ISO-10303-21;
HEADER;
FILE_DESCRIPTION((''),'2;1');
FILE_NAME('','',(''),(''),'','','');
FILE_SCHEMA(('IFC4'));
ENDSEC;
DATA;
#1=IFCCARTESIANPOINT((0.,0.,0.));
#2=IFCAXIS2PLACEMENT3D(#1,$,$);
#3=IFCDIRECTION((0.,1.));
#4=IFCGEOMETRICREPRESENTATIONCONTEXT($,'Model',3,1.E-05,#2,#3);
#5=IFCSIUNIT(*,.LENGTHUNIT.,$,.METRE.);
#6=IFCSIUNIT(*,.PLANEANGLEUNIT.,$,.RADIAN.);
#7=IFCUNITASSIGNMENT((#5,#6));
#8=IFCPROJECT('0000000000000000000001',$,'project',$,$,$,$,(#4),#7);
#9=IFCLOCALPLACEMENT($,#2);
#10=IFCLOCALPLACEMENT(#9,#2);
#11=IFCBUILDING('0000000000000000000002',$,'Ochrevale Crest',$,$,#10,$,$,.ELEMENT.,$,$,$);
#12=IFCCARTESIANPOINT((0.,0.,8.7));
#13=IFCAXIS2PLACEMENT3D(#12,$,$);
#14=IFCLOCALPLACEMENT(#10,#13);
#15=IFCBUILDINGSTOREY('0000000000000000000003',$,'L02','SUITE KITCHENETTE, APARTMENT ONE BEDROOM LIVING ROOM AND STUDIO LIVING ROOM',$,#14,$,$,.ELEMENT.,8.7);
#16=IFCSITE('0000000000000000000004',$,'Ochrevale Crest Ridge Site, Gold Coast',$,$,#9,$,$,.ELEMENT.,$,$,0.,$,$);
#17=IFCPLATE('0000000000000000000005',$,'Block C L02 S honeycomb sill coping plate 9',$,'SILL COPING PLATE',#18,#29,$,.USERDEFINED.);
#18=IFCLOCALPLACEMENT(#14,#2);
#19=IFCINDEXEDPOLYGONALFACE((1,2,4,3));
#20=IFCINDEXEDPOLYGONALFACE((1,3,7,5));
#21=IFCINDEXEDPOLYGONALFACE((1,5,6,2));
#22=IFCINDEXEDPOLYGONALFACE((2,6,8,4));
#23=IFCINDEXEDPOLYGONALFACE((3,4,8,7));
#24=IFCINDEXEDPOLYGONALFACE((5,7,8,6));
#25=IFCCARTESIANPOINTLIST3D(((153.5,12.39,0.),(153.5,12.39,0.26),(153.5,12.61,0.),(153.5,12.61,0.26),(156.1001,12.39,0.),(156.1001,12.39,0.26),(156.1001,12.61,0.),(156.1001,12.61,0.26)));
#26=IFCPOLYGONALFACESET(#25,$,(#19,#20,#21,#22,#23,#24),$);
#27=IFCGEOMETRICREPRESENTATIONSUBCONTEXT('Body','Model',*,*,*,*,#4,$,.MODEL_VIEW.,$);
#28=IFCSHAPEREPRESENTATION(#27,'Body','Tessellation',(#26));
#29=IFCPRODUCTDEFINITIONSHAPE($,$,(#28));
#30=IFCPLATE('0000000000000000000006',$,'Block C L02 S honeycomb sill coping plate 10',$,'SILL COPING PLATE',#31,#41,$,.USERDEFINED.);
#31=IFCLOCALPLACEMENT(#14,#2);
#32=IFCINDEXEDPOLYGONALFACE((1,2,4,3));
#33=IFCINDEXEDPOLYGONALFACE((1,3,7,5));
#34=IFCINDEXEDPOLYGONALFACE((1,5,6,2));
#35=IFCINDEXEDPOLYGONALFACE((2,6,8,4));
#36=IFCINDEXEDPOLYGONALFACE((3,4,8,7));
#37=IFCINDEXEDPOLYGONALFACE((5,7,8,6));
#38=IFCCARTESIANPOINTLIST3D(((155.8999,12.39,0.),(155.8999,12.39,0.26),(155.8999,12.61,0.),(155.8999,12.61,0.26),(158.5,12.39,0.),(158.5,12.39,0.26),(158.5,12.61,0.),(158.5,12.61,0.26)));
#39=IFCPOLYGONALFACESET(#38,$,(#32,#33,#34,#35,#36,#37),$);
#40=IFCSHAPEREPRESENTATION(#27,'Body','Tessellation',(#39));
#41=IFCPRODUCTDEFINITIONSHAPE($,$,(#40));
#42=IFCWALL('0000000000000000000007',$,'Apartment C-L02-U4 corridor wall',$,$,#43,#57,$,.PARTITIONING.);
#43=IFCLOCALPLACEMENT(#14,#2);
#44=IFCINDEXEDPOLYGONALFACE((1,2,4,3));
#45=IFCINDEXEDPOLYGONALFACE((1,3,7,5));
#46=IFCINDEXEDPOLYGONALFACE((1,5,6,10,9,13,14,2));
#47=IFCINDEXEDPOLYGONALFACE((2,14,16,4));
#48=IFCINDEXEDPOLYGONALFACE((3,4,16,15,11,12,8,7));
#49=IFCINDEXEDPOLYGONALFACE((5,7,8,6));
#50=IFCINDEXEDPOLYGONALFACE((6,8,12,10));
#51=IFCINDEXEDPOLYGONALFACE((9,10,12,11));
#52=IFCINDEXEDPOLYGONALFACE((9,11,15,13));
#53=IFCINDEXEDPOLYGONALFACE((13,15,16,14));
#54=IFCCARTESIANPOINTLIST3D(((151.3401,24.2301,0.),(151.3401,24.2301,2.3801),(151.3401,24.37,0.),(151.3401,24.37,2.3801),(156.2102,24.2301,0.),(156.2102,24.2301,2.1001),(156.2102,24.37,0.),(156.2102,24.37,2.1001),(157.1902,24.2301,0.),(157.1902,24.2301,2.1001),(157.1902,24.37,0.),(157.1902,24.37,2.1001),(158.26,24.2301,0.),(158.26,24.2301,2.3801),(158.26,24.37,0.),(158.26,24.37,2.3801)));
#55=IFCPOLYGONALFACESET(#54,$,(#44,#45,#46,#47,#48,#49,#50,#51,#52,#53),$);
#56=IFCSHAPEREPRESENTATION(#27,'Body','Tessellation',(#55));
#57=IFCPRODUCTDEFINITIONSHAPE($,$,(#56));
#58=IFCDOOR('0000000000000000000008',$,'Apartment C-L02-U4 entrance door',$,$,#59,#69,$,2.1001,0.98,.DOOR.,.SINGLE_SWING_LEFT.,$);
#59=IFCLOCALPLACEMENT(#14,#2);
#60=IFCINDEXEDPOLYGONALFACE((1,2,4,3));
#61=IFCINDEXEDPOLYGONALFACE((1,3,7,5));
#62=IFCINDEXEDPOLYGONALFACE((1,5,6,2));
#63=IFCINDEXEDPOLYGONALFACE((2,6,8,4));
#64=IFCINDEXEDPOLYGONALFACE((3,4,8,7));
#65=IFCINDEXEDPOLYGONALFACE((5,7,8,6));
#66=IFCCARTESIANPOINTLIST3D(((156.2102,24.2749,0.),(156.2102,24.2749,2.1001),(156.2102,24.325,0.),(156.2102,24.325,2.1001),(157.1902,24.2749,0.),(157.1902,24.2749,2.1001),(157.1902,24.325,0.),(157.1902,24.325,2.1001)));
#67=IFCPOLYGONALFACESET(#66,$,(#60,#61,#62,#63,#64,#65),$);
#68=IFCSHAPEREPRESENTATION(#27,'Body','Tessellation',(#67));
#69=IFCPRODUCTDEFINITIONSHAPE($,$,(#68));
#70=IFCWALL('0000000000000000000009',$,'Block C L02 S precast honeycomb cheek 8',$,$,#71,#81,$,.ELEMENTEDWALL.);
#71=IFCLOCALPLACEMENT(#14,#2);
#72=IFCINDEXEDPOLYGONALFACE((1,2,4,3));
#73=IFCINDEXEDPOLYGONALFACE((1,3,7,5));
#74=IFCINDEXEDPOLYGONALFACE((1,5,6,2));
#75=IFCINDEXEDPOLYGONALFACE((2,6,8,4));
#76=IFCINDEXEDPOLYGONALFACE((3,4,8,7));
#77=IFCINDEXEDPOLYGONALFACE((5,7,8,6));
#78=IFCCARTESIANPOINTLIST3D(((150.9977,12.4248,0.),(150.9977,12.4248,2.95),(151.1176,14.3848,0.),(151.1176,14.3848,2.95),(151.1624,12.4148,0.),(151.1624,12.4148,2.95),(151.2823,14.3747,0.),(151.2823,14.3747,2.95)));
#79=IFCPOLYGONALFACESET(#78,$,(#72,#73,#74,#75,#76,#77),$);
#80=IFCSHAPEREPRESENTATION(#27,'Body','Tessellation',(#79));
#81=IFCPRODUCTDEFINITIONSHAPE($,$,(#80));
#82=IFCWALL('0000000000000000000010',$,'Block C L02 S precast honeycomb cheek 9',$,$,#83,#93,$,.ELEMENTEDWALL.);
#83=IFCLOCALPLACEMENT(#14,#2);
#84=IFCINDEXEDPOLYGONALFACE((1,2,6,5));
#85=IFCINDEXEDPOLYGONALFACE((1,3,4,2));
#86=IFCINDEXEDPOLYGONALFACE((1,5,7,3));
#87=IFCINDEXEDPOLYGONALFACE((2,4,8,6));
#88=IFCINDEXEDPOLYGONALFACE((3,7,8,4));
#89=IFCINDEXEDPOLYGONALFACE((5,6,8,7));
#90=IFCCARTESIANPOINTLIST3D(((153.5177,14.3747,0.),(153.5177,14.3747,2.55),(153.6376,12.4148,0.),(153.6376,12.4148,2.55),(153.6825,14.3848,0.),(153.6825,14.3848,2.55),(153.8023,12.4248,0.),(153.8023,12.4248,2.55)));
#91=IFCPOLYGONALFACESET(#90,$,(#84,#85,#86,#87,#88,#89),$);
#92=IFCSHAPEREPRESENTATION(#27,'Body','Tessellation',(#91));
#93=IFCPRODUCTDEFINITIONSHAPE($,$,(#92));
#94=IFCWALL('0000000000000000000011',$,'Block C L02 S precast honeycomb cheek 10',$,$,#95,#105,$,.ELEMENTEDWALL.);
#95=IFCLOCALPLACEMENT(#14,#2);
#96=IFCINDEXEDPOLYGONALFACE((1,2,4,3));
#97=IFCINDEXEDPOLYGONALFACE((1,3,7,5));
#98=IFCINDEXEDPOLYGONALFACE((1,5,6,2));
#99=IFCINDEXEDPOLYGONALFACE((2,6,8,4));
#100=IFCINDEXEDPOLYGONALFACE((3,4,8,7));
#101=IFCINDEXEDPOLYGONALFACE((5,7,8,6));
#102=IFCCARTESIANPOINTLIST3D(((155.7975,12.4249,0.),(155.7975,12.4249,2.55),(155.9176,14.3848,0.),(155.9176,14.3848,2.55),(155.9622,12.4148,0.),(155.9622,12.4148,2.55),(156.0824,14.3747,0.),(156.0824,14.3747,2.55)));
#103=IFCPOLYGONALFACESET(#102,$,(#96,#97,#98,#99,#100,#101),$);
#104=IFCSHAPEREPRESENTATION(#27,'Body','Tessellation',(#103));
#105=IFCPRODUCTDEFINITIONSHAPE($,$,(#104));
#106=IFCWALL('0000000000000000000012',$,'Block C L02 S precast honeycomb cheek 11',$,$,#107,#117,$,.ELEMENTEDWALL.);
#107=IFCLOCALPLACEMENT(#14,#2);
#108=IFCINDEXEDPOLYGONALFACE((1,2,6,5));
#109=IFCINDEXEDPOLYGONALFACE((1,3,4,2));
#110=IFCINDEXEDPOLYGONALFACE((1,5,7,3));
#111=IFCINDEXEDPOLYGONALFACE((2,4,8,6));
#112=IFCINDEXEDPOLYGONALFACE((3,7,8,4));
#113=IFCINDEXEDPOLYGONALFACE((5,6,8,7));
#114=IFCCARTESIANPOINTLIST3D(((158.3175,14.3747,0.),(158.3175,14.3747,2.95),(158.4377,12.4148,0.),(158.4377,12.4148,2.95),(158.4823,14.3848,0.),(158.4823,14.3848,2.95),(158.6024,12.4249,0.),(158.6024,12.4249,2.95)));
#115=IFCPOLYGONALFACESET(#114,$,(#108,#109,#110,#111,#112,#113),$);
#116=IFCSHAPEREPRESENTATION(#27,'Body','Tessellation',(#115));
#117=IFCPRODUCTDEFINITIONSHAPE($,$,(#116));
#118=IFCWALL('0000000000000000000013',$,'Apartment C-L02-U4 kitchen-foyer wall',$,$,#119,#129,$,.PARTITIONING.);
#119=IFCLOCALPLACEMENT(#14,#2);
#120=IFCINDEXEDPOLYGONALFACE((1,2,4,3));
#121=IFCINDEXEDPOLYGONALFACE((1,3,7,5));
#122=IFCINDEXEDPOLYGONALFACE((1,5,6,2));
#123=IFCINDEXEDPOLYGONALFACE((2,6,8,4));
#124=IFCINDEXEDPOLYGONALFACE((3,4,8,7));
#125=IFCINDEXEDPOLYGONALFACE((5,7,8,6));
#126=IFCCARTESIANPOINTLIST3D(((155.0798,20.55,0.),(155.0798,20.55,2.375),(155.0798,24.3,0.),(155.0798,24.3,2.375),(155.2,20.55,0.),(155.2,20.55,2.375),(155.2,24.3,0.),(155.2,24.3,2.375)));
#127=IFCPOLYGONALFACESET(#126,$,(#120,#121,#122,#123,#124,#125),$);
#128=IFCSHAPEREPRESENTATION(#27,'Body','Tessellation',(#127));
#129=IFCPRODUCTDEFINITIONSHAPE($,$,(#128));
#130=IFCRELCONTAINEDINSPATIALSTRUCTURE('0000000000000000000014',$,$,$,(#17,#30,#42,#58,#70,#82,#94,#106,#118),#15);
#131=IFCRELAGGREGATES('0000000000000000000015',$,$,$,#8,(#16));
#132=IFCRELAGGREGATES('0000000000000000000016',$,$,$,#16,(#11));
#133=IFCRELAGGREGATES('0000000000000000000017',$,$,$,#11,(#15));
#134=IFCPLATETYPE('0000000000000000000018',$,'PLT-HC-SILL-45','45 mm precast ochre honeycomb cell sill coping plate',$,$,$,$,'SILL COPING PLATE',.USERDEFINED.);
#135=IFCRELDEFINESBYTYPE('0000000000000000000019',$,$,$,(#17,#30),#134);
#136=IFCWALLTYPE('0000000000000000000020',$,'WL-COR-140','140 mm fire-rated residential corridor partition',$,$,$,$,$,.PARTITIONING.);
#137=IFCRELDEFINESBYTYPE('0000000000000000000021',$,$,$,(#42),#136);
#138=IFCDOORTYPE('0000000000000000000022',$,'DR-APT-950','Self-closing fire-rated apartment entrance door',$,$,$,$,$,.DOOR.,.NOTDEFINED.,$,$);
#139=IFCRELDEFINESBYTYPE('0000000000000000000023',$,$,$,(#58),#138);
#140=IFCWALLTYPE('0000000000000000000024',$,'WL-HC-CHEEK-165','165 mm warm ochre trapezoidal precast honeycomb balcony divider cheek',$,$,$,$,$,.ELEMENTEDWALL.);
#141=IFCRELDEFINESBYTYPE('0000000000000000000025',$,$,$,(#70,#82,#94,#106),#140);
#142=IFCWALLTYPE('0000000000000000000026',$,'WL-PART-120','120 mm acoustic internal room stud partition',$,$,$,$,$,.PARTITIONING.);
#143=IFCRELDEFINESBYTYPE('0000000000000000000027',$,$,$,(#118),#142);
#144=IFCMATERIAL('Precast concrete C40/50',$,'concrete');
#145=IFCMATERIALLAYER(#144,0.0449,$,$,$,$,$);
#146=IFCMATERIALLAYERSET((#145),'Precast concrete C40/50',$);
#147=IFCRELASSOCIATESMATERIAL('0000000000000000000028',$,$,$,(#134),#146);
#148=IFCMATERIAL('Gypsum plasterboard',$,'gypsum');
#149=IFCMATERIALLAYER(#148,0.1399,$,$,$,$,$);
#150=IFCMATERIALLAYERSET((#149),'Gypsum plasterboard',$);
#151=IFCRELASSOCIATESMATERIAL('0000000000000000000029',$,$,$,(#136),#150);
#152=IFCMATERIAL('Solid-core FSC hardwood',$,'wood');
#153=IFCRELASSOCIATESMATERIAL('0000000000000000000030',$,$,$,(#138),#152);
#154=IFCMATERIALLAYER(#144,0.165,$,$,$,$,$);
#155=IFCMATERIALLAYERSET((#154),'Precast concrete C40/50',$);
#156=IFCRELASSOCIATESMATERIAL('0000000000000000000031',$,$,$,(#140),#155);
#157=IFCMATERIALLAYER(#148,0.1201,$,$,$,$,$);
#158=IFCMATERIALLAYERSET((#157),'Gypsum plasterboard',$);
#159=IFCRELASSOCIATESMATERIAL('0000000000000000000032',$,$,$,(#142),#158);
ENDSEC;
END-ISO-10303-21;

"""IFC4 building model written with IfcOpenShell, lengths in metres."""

from ifc_helpers import new_model, si_unit, direction, frame, frame_2d, origin, origin_2d, place, context, subcontext, project, spatial, rectangle, extrude, material, layer, layer_set, type_object, element, fill, save


model = new_model("IFC4")

# Units and contexts
model_context = context("Model", 3, precision=1e-05, world=origin(), true_north=direction((0.0, 1.0)))
body_context = subcontext(model_context, "Body", "Model", "MODEL_VIEW")
ifc_project = project(units=[si_unit("LENGTHUNIT", "METRE"), si_unit("PLANEANGLEUNIT", "RADIAN")], contexts=[model_context])

# Site, building, storey
site_placement = place(None, origin())
site = spatial("IfcSite", under=ifc_project, at=site_placement, Name="Ochrevale Crest Ridge Site, Gold Coast", CompositionType="ELEMENT", RefElevation=0.0)
building_placement = place(site_placement, origin())
building = spatial("IfcBuilding", under=site, at=building_placement, Name="Ochrevale Crest", CompositionType="ELEMENT")
storey_placement = place(building_placement, frame((0.0, 0.0, 8.7)))
storey = spatial("IfcBuildingStorey", under=building, at=storey_placement, Name="L02", Description="SUITE KITCHENETTE, APARTMENT ONE BEDROOM LIVING ROOM AND STUDIO LIVING ROOM", CompositionType="ELEMENT", Elevation=8.7)

# Shared definitions
ifc_material_1 = material(Name="Precast concrete C40/50", Category="concrete")

# Plates
ifc_layer_1 = layer(ifc_material_1, 0.0449)
ifc_layer_set_1 = layer_set([ifc_layer_1], Name="Precast concrete C40/50")
plate_type_1 = type_object("IfcPlateType", Name="PLT-HC-SILL-45", Description="45 mm precast ochre honeycomb cell sill coping plate", ElementType="SILL COPING PLATE", PredefinedType="USERDEFINED", material=ifc_layer_set_1)
for number, where, z_axis, x_axis, name in (
    (1, (154.8, 12.5, 0.0), (0.0, 0.0, 1.0), (1.0, 0.0, 0.0), "Block C L02 S honeycomb sill coping plate 9"),
    (2, (157.2, 12.5, 0.0), (0.0, 0.0, 1.0), (1.0, 0.0, 0.0), "Block C L02 S honeycomb sill coping plate 10"),
):
    element("IfcPlate", number, at=place(storey_placement, frame(where, z_axis=z_axis, x_axis=x_axis)), inside=storey, type_object=plate_type_1, Name=name, ObjectType="SILL COPING PLATE", PredefinedType="USERDEFINED", context=body_context, shape_type="SweptSolid", body=[
        extrude(rectangle(XDim=2.6001, YDim=0.22, at=origin_2d()), origin(), (0.0, 0.0, 1.0), 0.26),
    ])

# Wall, opening, door
ifc_material_2 = material(Name="Gypsum plasterboard", Category="gypsum")
ifc_layer_2 = layer(ifc_material_2, 0.1399)
ifc_layer_set_2 = layer_set([ifc_layer_2], Name="Gypsum plasterboard")
wall_type_1 = type_object("IfcWallType", Name="WL-COR-140", Description="140 mm fire-rated residential corridor partition", PredefinedType="PARTITIONING", material=ifc_layer_set_2)
wall_1_placement = place(storey_placement, frame((151.3401, 24.3, 0.0), z_axis=(0.0, 0.0, 1.0), x_axis=(1.0, 0.0, 0.0)))
wall_1 = element("IfcWall", 3, at=wall_1_placement, inside=storey, type_object=wall_type_1, Name="Apartment C-L02-U4 corridor wall", PredefinedType="PARTITIONING", context=body_context, shape_type="SweptSolid", body=[
    extrude(rectangle(XDim=6.9199, YDim=0.1399, at=frame_2d((3.46, 0.0))), origin(), (0.0, 0.0, 1.0), 2.3801),
])
opening_1_placement = place(wall_1_placement, frame((4.8701, 0.0, 0.0)))
opening_1 = element("IfcOpeningElement", 4, at=opening_1_placement, cuts=wall_1, PredefinedType="OPENING", context=body_context, shape_type="SweptSolid", body=[
    extrude(rectangle(XDim=0.98, YDim=2.1001, at=frame_2d((0.49, 1.05))), frame((0.0, 0.0801, 0.0), z_axis=(0.0, -1.0, 0.0), x_axis=(1.0, 0.0, 0.0)), (0.0, 0.0, 1.0), 0.1599),
])
ifc_material_3 = material(Name="Solid-core FSC hardwood", Category="wood")
door_type_1 = type_object("IfcDoorType", Name="DR-APT-950", Description="Self-closing fire-rated apartment entrance door", OperationType="NOTDEFINED", PredefinedType="DOOR", material=ifc_material_3)
door_1_placement = place(opening_1_placement, origin())
door_1 = element("IfcDoor", 5, at=door_1_placement, inside=storey, type_object=door_type_1, Name="Apartment C-L02-U4 entrance door", OperationType="SINGLE_SWING_LEFT", OverallHeight=2.1001, OverallWidth=0.98, PredefinedType="DOOR", context=body_context, shape_type="SweptSolid", body=[
    extrude(rectangle(XDim=0.98, YDim=2.1001, at=frame_2d((0.49, 1.05))), frame((0.0, 0.0249, 0.0), z_axis=(0.0, -1.0, 0.0), x_axis=(1.0, 0.0, 0.0)), (0.0, 0.0, 1.0), 0.05),
])
fill(opening_1, door_1)

# Walls
ifc_layer_3 = layer(ifc_material_1, 0.165)
ifc_layer_set_3 = layer_set([ifc_layer_3], Name="Precast concrete C40/50")
wall_type_2 = type_object("IfcWallType", Name="WL-HC-CHEEK-165", Description="165 mm warm ochre trapezoidal precast honeycomb balcony divider cheek", PredefinedType="ELEMENTEDWALL", material=ifc_layer_set_3)
wall_2_placement = place(storey_placement, frame((151.2, 14.3799, 0.0), z_axis=(0.0, 0.0, 1.0), x_axis=(-0.061047, -0.998135, 0.0)))
element("IfcWall", 6, at=wall_2_placement, inside=storey, type_object=wall_type_2, Name="Block C L02 S precast honeycomb cheek 8", PredefinedType="ELEMENTEDWALL", context=body_context, shape_type="SweptSolid", body=[
    extrude(rectangle(XDim=1.9636, YDim=0.165, at=frame_2d((0.9819, 0.0))), origin(), (0.0, 0.0, 1.0), 2.95),
])
for number, where, z_axis, x_axis, name in (
    (7, (153.6001, 14.3799, 0.0), (0.0, 0.0, 1.0), (0.061047, -0.998135, 0.0), "Block C L02 S precast honeycomb cheek 9"),
    (8, (156.0, 14.3799, 0.0), (0.0, 0.0, 1.0), (-0.061171, -0.998127, 0.0), "Block C L02 S precast honeycomb cheek 10"),
):
    element("IfcWall", number, at=place(storey_placement, frame(where, z_axis=z_axis, x_axis=x_axis)), inside=storey, type_object=wall_type_2, Name=name, PredefinedType="ELEMENTEDWALL", context=body_context, shape_type="SweptSolid", body=[
        extrude(rectangle(XDim=1.9636, YDim=0.165, at=frame_2d((0.9819, 0.0))), origin(), (0.0, 0.0, 1.0), 2.55),
    ])
wall_3_placement = place(storey_placement, frame((158.3999, 14.3799, 0.0), z_axis=(0.0, 0.0, 1.0), x_axis=(0.061171, -0.998127, 0.0)))
element("IfcWall", 9, at=wall_3_placement, inside=storey, type_object=wall_type_2, Name="Block C L02 S precast honeycomb cheek 11", PredefinedType="ELEMENTEDWALL", context=body_context, shape_type="SweptSolid", body=[
    extrude(rectangle(XDim=1.9636, YDim=0.165, at=frame_2d((0.9819, 0.0))), origin(), (0.0, 0.0, 1.0), 2.95),
])
ifc_layer_4 = layer(ifc_material_2, 0.1201)
ifc_layer_set_4 = layer_set([ifc_layer_4], Name="Gypsum plasterboard")
wall_type_3 = type_object("IfcWallType", Name="WL-PART-120", Description="120 mm acoustic internal room stud partition", PredefinedType="PARTITIONING", material=ifc_layer_set_4)
wall_4_placement = place(storey_placement, frame((155.1399, 20.55, 0.0), z_axis=(0.0, 0.0, 1.0), x_axis=(0.0, 1.0, 0.0)))
element("IfcWall", 10, at=wall_4_placement, inside=storey, type_object=wall_type_3, Name="Apartment C-L02-U4 kitchen-foyer wall", PredefinedType="PARTITIONING", context=body_context, shape_type="SweptSolid", body=[
    extrude(rectangle(XDim=3.75, YDim=0.1201, at=frame_2d((1.875, 0.0))), origin(), (0.0, 0.0, 1.0), 2.375),
])

save(model, "model.ifc")
